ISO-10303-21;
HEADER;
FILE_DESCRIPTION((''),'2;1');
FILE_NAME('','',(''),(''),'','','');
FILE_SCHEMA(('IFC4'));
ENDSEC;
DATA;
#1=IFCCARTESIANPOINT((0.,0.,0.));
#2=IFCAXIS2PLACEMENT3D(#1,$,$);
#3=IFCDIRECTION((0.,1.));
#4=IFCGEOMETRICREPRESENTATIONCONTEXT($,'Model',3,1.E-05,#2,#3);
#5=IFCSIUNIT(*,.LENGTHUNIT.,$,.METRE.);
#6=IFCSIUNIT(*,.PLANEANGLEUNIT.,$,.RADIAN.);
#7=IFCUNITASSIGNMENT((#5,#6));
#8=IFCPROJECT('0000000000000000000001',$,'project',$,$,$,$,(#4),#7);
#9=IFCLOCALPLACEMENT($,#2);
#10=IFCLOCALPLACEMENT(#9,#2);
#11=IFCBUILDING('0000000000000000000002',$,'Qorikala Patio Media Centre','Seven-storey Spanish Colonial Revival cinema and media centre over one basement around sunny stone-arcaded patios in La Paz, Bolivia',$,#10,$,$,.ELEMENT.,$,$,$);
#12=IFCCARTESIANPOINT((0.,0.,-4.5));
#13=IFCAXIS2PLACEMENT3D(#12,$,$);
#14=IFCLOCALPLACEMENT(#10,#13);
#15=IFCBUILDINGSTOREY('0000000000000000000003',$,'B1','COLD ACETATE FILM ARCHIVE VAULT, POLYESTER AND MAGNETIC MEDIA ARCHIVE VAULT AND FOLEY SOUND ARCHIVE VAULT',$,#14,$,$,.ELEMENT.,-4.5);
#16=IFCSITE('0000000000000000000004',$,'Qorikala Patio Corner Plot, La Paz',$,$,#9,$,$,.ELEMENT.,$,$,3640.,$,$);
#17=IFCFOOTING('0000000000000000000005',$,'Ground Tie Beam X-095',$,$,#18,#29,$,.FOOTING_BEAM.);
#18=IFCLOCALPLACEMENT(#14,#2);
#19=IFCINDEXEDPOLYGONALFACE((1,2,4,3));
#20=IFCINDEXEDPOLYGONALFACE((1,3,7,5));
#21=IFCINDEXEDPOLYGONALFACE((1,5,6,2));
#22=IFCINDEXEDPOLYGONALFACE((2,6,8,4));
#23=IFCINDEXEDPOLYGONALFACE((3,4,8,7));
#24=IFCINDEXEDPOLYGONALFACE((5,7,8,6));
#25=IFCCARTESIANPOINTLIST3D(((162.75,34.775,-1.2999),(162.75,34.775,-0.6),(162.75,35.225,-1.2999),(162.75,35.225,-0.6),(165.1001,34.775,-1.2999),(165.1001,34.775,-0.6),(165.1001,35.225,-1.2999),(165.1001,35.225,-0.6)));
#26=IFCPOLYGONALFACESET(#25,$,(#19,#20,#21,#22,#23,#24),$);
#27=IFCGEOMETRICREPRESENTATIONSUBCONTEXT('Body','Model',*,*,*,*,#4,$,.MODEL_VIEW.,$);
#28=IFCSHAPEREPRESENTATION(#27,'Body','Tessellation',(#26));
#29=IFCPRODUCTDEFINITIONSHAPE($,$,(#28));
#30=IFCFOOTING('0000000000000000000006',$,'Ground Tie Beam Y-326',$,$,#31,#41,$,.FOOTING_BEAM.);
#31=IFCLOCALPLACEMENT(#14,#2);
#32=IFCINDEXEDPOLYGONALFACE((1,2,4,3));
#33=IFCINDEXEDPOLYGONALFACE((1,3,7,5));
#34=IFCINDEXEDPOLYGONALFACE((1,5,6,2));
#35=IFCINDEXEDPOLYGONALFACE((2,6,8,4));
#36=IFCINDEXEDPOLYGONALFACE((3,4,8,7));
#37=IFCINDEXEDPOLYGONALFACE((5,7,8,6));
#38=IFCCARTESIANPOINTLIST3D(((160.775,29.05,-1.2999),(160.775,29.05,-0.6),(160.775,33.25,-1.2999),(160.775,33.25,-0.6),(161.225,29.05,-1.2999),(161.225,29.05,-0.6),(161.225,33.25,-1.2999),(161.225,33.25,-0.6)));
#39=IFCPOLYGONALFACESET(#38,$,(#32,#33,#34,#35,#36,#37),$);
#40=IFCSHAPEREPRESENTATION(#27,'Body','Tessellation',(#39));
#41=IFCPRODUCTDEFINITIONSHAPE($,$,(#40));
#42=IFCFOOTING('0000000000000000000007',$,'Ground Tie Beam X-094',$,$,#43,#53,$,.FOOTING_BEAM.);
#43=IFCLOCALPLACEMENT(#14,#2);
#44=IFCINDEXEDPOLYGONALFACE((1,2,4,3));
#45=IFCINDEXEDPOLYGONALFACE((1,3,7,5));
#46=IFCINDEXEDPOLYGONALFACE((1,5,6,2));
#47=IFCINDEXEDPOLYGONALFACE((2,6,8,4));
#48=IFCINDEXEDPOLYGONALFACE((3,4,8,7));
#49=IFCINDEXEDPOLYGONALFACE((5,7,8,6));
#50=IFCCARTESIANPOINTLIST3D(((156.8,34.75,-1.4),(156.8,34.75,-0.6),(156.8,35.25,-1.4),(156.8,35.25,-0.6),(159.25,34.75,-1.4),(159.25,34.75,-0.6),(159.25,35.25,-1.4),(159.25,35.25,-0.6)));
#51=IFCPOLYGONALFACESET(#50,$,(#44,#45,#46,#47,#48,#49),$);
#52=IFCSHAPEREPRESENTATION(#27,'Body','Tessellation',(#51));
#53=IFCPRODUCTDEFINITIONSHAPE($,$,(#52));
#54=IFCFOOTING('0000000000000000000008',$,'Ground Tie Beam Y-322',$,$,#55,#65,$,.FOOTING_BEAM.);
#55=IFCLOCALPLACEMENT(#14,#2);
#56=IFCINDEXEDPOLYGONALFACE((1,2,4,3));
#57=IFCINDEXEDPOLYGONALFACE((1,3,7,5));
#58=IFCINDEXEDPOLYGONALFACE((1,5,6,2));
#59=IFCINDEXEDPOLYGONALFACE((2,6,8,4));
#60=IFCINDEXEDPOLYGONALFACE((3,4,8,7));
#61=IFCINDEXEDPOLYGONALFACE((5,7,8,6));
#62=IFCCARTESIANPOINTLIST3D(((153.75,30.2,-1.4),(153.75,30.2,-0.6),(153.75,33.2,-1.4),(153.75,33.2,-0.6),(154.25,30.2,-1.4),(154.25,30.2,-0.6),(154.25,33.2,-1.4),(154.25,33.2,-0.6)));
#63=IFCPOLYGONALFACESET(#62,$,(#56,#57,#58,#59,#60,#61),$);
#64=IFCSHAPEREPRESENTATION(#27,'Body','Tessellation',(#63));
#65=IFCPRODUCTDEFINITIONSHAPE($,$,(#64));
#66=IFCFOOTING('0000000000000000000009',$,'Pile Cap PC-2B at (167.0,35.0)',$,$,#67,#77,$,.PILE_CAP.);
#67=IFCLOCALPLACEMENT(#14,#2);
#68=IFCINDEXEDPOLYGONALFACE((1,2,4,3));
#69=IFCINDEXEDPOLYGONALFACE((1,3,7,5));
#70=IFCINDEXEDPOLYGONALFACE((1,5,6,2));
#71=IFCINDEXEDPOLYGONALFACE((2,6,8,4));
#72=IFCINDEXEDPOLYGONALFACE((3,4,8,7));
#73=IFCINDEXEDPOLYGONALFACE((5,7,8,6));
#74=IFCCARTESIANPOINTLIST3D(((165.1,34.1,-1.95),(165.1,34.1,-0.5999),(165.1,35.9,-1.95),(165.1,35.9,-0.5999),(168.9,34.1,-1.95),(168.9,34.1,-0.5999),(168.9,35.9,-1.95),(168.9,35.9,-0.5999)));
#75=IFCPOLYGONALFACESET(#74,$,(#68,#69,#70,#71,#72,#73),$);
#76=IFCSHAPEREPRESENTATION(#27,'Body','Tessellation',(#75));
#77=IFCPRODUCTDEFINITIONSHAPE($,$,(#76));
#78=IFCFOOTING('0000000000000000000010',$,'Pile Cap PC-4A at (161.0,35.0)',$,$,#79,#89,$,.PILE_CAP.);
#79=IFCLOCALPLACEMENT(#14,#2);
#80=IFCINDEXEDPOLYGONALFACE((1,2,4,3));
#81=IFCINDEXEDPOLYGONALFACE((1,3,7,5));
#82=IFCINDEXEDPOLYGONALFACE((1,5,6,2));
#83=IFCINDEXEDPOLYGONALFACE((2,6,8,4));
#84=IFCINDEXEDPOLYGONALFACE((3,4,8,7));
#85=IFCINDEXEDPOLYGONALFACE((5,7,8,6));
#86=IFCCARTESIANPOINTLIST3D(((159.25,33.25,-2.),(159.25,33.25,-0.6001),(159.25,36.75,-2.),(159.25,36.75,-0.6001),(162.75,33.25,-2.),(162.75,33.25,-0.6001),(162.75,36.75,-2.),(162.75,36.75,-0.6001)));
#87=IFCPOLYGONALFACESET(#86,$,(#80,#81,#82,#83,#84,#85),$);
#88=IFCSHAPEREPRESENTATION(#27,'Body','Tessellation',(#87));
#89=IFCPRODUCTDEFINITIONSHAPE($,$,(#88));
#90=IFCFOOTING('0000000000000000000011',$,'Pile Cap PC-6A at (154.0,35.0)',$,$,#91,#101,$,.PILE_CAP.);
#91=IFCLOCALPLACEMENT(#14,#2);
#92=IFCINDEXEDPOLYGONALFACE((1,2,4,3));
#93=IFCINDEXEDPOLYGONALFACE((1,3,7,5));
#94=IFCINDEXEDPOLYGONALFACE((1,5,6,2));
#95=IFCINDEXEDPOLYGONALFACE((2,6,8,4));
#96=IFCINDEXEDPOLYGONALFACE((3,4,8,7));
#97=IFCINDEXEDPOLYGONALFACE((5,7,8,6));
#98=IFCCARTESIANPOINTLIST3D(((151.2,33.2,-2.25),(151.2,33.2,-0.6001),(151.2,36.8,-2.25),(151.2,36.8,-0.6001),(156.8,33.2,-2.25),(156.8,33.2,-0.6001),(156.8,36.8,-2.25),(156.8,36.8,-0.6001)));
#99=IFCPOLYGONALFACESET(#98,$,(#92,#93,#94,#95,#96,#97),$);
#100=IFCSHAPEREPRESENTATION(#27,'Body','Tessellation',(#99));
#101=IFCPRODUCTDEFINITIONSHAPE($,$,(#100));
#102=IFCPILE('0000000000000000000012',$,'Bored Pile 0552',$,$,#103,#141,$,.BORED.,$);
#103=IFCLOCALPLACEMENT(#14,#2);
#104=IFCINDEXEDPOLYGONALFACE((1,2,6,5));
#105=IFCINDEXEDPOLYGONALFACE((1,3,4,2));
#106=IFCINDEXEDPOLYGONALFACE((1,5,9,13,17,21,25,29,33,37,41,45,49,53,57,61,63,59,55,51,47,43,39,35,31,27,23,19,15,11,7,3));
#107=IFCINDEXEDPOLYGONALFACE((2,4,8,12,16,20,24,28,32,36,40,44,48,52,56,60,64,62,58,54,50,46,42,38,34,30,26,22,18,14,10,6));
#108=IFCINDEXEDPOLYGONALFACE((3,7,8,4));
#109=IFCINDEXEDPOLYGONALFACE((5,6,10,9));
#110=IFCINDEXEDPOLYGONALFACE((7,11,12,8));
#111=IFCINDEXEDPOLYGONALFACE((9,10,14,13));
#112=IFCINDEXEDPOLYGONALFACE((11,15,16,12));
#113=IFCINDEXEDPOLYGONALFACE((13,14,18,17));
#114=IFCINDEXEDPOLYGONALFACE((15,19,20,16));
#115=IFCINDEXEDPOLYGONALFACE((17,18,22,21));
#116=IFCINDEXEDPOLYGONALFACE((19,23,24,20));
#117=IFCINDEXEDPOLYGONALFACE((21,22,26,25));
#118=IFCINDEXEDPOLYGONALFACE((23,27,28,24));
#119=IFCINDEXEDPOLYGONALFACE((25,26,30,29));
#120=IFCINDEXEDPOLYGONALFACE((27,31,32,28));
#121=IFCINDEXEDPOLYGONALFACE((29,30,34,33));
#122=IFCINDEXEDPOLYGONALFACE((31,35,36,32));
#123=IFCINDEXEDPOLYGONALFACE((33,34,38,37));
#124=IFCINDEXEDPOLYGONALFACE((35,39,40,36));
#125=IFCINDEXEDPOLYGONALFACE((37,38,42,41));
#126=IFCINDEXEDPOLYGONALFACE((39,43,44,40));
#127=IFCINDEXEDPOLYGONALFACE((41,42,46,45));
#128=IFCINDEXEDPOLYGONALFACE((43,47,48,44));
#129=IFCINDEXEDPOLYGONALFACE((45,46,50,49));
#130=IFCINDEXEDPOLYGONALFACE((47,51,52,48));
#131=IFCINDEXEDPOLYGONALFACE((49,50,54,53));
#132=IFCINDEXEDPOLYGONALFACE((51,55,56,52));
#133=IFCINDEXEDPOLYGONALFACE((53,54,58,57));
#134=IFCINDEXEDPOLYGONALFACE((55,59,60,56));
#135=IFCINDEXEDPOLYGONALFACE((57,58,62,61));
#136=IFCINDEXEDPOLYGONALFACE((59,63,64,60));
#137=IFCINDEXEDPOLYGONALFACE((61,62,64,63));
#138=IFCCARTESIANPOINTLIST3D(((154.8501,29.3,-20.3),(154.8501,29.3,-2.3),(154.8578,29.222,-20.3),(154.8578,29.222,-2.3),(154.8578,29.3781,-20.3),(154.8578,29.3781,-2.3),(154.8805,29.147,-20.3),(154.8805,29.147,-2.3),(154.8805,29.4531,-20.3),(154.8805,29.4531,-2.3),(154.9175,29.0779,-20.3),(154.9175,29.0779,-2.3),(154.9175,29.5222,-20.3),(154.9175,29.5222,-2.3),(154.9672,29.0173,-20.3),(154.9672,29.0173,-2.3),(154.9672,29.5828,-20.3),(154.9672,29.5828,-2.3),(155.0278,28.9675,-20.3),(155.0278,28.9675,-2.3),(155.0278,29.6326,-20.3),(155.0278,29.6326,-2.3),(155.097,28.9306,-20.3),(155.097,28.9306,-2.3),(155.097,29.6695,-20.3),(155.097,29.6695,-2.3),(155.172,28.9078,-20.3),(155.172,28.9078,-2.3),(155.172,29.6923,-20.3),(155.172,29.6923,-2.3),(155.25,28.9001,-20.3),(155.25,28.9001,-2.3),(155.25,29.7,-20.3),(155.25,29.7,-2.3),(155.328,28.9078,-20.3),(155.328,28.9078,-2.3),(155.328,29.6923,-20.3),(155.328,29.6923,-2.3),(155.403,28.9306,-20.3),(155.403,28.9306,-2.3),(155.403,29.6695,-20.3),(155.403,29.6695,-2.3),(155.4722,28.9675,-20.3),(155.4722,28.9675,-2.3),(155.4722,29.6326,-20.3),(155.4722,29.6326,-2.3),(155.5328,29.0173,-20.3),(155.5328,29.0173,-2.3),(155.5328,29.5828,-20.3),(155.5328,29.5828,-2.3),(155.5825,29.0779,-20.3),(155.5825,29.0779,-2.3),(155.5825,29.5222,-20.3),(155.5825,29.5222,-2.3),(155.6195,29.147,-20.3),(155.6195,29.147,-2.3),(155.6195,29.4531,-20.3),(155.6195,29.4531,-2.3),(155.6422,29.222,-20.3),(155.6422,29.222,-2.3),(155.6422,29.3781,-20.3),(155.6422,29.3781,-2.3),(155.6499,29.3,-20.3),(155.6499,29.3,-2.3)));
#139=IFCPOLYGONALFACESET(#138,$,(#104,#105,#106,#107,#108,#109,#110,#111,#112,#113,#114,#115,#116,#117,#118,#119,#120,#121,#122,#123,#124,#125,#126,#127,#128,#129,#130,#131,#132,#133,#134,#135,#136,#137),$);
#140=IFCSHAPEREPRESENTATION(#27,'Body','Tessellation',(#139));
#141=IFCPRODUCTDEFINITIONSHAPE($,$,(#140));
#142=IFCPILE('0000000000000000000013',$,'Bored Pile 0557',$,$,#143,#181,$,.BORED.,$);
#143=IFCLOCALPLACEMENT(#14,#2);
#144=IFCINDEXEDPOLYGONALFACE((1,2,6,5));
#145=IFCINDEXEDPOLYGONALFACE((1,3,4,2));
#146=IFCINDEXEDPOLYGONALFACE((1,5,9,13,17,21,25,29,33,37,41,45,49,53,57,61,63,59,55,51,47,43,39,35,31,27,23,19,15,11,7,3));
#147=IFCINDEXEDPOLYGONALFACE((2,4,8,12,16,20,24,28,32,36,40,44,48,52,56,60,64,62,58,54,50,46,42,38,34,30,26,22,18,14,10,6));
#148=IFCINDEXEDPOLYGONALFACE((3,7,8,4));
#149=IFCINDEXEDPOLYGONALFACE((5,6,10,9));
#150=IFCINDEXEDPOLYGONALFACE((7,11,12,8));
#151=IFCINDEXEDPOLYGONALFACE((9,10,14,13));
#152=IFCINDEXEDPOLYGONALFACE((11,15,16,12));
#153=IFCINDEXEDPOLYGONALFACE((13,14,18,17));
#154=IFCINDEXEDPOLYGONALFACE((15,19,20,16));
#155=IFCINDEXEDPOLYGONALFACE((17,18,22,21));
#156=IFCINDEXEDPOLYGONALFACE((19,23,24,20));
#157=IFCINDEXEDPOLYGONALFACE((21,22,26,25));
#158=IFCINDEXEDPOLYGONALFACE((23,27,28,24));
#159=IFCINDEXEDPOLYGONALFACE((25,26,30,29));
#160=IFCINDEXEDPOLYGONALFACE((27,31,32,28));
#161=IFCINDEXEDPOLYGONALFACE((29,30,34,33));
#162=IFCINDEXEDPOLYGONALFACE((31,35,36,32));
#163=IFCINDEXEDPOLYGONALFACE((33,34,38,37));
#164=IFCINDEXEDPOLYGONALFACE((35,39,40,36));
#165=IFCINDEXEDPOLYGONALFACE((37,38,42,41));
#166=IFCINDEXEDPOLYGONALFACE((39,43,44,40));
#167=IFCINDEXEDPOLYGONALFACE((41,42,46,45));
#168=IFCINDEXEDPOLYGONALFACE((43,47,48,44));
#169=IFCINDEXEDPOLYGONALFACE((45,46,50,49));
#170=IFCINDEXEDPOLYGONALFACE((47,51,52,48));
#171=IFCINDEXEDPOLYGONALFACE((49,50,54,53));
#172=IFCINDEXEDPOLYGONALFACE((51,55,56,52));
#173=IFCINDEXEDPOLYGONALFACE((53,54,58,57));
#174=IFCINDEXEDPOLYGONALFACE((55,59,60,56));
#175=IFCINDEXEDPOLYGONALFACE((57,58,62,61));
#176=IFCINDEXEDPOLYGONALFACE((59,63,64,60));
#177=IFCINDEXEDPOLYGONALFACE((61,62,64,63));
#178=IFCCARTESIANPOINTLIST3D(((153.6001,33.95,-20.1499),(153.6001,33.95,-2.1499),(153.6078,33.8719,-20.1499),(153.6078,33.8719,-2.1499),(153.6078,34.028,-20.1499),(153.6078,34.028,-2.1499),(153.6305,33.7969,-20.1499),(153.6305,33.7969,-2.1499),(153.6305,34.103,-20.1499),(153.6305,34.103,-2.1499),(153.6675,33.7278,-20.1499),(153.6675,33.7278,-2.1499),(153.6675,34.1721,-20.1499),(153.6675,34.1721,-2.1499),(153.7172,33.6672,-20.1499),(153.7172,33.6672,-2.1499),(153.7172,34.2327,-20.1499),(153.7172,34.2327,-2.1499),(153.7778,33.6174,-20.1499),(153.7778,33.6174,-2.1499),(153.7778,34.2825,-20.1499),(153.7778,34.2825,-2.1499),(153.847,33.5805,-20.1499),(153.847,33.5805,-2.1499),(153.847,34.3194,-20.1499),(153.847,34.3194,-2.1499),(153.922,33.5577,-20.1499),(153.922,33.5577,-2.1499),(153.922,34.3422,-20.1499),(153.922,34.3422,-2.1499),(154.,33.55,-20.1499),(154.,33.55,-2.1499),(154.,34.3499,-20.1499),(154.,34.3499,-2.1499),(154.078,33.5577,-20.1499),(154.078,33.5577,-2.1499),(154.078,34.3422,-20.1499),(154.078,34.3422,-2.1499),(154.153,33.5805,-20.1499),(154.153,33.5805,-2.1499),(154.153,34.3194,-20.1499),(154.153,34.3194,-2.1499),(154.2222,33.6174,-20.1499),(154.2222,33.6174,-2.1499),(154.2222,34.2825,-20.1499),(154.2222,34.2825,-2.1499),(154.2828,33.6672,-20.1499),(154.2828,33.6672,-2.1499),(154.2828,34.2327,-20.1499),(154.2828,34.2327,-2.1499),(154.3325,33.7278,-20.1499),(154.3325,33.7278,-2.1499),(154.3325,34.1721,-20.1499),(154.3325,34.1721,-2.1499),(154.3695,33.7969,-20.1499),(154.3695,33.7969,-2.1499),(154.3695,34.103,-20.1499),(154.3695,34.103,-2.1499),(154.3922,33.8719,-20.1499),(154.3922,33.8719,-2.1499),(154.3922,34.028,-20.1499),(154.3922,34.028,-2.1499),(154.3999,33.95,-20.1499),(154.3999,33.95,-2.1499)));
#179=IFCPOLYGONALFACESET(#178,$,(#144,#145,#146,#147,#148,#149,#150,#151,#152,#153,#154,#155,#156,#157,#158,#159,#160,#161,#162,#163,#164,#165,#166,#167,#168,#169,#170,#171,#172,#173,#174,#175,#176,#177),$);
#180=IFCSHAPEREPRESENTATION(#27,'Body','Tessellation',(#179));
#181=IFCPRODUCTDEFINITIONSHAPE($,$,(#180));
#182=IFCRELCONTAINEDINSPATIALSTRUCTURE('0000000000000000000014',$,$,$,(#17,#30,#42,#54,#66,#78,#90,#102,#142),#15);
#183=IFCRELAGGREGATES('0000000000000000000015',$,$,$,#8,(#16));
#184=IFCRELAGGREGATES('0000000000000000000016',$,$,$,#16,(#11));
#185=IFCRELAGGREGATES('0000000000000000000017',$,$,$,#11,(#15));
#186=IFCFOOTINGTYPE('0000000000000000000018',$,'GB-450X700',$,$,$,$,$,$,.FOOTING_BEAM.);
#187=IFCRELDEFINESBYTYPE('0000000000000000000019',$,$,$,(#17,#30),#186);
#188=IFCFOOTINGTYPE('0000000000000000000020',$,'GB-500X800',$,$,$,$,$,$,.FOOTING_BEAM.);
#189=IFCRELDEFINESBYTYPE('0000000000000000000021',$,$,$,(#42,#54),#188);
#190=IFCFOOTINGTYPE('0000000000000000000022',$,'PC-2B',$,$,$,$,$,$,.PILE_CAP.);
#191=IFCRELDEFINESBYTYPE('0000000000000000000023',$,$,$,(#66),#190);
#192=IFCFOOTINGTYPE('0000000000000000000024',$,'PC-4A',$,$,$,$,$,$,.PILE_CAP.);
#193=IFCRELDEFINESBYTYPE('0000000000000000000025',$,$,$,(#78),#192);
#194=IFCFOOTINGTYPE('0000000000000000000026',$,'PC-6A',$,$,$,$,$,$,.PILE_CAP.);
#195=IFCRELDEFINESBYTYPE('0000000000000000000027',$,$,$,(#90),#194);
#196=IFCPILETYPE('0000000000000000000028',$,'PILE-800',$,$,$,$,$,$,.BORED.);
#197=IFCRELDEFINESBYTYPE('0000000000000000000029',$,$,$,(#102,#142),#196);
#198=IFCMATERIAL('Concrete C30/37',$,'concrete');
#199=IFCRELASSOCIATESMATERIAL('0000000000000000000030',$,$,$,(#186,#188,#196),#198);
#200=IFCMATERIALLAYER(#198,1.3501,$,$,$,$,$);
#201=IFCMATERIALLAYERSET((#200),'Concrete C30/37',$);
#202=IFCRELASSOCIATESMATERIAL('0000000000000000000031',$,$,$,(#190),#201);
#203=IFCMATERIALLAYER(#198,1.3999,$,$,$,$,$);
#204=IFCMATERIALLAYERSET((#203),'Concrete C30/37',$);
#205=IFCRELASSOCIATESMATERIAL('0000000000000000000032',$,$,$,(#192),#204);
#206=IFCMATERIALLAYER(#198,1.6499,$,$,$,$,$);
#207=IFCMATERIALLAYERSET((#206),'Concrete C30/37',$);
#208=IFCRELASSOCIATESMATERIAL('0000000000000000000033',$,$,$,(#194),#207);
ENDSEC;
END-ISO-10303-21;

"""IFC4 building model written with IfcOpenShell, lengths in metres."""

from ifc_helpers import new_model, si_unit, direction, frame, origin, origin_2d, place, context, subcontext, project, spatial, rectangle, circle, extrude, material, layer, layer_set, material_profile, profile_set, type_object, element, save


model = new_model("IFC4")

# Units and contexts
model_context = context("Model", 3, precision=1e-05, world=origin(), true_north=direction((0.0, 1.0)))
body_context = subcontext(model_context, "Body", "Model", "MODEL_VIEW")
ifc_project = project(units=[si_unit("LENGTHUNIT", "METRE"), si_unit("PLANEANGLEUNIT", "RADIAN")], contexts=[model_context])

# Site, building, storey
site_placement = place(None, origin())
site = spatial("IfcSite", under=ifc_project, at=site_placement, Name="Qorikala Patio Corner Plot, La Paz", CompositionType="ELEMENT", RefElevation=3640.0)
building_placement = place(site_placement, origin())
building = spatial("IfcBuilding", under=site, at=building_placement, Name="Qorikala Patio Media Centre", Description="Seven-storey Spanish Colonial Revival cinema and media centre over one basement around sunny stone-arcaded patios in La Paz, Bolivia", CompositionType="ELEMENT")
storey_placement = place(building_placement, frame((0.0, 0.0, -4.5)))
storey = spatial("IfcBuildingStorey", under=building, at=storey_placement, Name="B1", Description="COLD ACETATE FILM ARCHIVE VAULT, POLYESTER AND MAGNETIC MEDIA ARCHIVE VAULT AND FOLEY SOUND ARCHIVE VAULT", CompositionType="ELEMENT", Elevation=-4.5)

# Footings
ifc_material_1 = material(Name="Concrete C30/37", Category="concrete")
ifc_material_profile_1 = material_profile(ifc_material_1, rectangle(XDim=0.45, YDim=0.7, at=origin_2d()), Name="RC 450x700")
ifc_profile_set_1 = profile_set([ifc_material_profile_1], Name="Concrete C30/37")
footing_type_1 = type_object("IfcFootingType", Name="GB-450X700", PredefinedType="FOOTING_BEAM", material=ifc_profile_set_1)
footing_1_placement = place(storey_placement, frame((162.75, 35.0, -0.95), z_axis=(1.0, 0.0, 0.0), x_axis=(0.0, 1.0, 0.0)))
element("IfcFooting", 1, at=footing_1_placement, inside=storey, type_object=footing_type_1, Name="Ground Tie Beam X-095", PredefinedType="FOOTING_BEAM", context=body_context, shape_type="SweptSolid", body=[
    extrude(rectangle(XDim=0.45, YDim=0.7, at=origin_2d()), origin(), (0.0, 0.0, 1.0), 2.3501),
])
footing_2_placement = place(storey_placement, frame((161.0, 29.05, -0.95), z_axis=(0.0, 1.0, 0.0), x_axis=(-1.0, 0.0, 0.0)))
element("IfcFooting", 2, at=footing_2_placement, inside=storey, type_object=footing_type_1, Name="Ground Tie Beam Y-326", PredefinedType="FOOTING_BEAM", context=body_context, shape_type="SweptSolid", body=[
    extrude(rectangle(XDim=0.45, YDim=0.7, at=origin_2d()), origin(), (0.0, 0.0, 1.0), 4.2),
])
ifc_material_profile_2 = material_profile(ifc_material_1, rectangle(XDim=0.5, YDim=0.8, at=origin_2d()), Name="RC 500x800")
ifc_profile_set_2 = profile_set([ifc_material_profile_2], Name="Concrete C30/37")
footing_type_2 = type_object("IfcFootingType", Name="GB-500X800", PredefinedType="FOOTING_BEAM", material=ifc_profile_set_2)
footing_3_placement = place(storey_placement, frame((156.8, 35.0, -1.0), z_axis=(1.0, 0.0, 0.0), x_axis=(0.0, 1.0, 0.0)))
element("IfcFooting", 3, at=footing_3_placement, inside=storey, type_object=footing_type_2, Name="Ground Tie Beam X-094", PredefinedType="FOOTING_BEAM", context=body_context, shape_type="SweptSolid", body=[
    extrude(rectangle(XDim=0.5, YDim=0.8, at=origin_2d()), origin(), (0.0, 0.0, 1.0), 2.45),
])
footing_4_placement = place(storey_placement, frame((154.0, 30.2, -1.0), z_axis=(0.0, 1.0, 0.0), x_axis=(-1.0, 0.0, 0.0)))
element("IfcFooting", 4, at=footing_4_placement, inside=storey, type_object=footing_type_2, Name="Ground Tie Beam Y-322", PredefinedType="FOOTING_BEAM", context=body_context, shape_type="SweptSolid", body=[
    extrude(rectangle(XDim=0.5, YDim=0.8, at=origin_2d()), origin(), (0.0, 0.0, 1.0), 3.0),
])
ifc_layer_1 = layer(ifc_material_1, 1.3501)
ifc_layer_set_1 = layer_set([ifc_layer_1], Name="Concrete C30/37")
footing_type_3 = type_object("IfcFootingType", Name="PC-2B", PredefinedType="PILE_CAP", material=ifc_layer_set_1)
footing_5_placement = place(storey_placement, frame((167.0, 35.0, -1.95), z_axis=(0.0, 0.0, 1.0), x_axis=(1.0, 0.0, 0.0)))
element("IfcFooting", 5, at=footing_5_placement, inside=storey, type_object=footing_type_3, Name="Pile Cap PC-2B at (167.0,35.0)", PredefinedType="PILE_CAP", context=body_context, shape_type="SweptSolid", body=[
    extrude(rectangle(XDim=3.8, YDim=1.8, at=origin_2d()), origin(), (0.0, 0.0, 1.0), 1.3501),
])
ifc_layer_2 = layer(ifc_material_1, 1.3999)
ifc_layer_set_2 = layer_set([ifc_layer_2], Name="Concrete C30/37")
footing_type_4 = type_object("IfcFootingType", Name="PC-4A", PredefinedType="PILE_CAP", material=ifc_layer_set_2)
footing_6_placement = place(storey_placement, frame((161.0, 35.0, -2.0), z_axis=(0.0, 0.0, 1.0), x_axis=(1.0, 0.0, 0.0)))
element("IfcFooting", 6, at=footing_6_placement, inside=storey, type_object=footing_type_4, Name="Pile Cap PC-4A at (161.0,35.0)", PredefinedType="PILE_CAP", context=body_context, shape_type="SweptSolid", body=[
    extrude(rectangle(XDim=3.5, YDim=3.5, at=origin_2d()), origin(), (0.0, 0.0, 1.0), 1.3999),
])
ifc_layer_3 = layer(ifc_material_1, 1.6499)
ifc_layer_set_3 = layer_set([ifc_layer_3], Name="Concrete C30/37")
footing_type_5 = type_object("IfcFootingType", Name="PC-6A", PredefinedType="PILE_CAP", material=ifc_layer_set_3)
footing_7_placement = place(storey_placement, frame((154.0, 35.0, -2.25), z_axis=(0.0, 0.0, 1.0), x_axis=(1.0, 0.0, 0.0)))
element("IfcFooting", 7, at=footing_7_placement, inside=storey, type_object=footing_type_5, Name="Pile Cap PC-6A at (154.0,35.0)", PredefinedType="PILE_CAP", context=body_context, shape_type="SweptSolid", body=[
    extrude(rectangle(XDim=5.6001, YDim=3.6001, at=origin_2d()), origin(), (0.0, 0.0, 1.0), 1.6499),
])

# Piles
ifc_material_profile_3 = material_profile(ifc_material_1, circle(Radius=0.3999, at=origin_2d()), Name="BORED PILE 800")
ifc_profile_set_3 = profile_set([ifc_material_profile_3], Name="Concrete C30/37")
pile_type = type_object("IfcPileType", Name="PILE-800", PredefinedType="BORED", material=ifc_profile_set_3)
for number, where, z_axis, x_axis, name in (
    (8, (155.25, 29.3, -2.3), (0.0, 0.0, -1.0), (1.0, 0.0, 0.0), "Bored Pile 0552"),
    (9, (154.0, 33.95, -2.1499), (0.0, 0.0, -1.0), (1.0, 0.0, 0.0), "Bored Pile 0557"),
):
    element("IfcPile", number, at=place(storey_placement, frame(where, z_axis=z_axis, x_axis=x_axis)), inside=storey, type_object=pile_type, Name=name, PredefinedType="BORED", context=body_context, shape_type="SweptSolid", body=[
        extrude(circle(Radius=0.3999, at=origin_2d()), origin(), (0.0, 0.0, 1.0), 18.0),
    ])

save(model, "model.ifc")
